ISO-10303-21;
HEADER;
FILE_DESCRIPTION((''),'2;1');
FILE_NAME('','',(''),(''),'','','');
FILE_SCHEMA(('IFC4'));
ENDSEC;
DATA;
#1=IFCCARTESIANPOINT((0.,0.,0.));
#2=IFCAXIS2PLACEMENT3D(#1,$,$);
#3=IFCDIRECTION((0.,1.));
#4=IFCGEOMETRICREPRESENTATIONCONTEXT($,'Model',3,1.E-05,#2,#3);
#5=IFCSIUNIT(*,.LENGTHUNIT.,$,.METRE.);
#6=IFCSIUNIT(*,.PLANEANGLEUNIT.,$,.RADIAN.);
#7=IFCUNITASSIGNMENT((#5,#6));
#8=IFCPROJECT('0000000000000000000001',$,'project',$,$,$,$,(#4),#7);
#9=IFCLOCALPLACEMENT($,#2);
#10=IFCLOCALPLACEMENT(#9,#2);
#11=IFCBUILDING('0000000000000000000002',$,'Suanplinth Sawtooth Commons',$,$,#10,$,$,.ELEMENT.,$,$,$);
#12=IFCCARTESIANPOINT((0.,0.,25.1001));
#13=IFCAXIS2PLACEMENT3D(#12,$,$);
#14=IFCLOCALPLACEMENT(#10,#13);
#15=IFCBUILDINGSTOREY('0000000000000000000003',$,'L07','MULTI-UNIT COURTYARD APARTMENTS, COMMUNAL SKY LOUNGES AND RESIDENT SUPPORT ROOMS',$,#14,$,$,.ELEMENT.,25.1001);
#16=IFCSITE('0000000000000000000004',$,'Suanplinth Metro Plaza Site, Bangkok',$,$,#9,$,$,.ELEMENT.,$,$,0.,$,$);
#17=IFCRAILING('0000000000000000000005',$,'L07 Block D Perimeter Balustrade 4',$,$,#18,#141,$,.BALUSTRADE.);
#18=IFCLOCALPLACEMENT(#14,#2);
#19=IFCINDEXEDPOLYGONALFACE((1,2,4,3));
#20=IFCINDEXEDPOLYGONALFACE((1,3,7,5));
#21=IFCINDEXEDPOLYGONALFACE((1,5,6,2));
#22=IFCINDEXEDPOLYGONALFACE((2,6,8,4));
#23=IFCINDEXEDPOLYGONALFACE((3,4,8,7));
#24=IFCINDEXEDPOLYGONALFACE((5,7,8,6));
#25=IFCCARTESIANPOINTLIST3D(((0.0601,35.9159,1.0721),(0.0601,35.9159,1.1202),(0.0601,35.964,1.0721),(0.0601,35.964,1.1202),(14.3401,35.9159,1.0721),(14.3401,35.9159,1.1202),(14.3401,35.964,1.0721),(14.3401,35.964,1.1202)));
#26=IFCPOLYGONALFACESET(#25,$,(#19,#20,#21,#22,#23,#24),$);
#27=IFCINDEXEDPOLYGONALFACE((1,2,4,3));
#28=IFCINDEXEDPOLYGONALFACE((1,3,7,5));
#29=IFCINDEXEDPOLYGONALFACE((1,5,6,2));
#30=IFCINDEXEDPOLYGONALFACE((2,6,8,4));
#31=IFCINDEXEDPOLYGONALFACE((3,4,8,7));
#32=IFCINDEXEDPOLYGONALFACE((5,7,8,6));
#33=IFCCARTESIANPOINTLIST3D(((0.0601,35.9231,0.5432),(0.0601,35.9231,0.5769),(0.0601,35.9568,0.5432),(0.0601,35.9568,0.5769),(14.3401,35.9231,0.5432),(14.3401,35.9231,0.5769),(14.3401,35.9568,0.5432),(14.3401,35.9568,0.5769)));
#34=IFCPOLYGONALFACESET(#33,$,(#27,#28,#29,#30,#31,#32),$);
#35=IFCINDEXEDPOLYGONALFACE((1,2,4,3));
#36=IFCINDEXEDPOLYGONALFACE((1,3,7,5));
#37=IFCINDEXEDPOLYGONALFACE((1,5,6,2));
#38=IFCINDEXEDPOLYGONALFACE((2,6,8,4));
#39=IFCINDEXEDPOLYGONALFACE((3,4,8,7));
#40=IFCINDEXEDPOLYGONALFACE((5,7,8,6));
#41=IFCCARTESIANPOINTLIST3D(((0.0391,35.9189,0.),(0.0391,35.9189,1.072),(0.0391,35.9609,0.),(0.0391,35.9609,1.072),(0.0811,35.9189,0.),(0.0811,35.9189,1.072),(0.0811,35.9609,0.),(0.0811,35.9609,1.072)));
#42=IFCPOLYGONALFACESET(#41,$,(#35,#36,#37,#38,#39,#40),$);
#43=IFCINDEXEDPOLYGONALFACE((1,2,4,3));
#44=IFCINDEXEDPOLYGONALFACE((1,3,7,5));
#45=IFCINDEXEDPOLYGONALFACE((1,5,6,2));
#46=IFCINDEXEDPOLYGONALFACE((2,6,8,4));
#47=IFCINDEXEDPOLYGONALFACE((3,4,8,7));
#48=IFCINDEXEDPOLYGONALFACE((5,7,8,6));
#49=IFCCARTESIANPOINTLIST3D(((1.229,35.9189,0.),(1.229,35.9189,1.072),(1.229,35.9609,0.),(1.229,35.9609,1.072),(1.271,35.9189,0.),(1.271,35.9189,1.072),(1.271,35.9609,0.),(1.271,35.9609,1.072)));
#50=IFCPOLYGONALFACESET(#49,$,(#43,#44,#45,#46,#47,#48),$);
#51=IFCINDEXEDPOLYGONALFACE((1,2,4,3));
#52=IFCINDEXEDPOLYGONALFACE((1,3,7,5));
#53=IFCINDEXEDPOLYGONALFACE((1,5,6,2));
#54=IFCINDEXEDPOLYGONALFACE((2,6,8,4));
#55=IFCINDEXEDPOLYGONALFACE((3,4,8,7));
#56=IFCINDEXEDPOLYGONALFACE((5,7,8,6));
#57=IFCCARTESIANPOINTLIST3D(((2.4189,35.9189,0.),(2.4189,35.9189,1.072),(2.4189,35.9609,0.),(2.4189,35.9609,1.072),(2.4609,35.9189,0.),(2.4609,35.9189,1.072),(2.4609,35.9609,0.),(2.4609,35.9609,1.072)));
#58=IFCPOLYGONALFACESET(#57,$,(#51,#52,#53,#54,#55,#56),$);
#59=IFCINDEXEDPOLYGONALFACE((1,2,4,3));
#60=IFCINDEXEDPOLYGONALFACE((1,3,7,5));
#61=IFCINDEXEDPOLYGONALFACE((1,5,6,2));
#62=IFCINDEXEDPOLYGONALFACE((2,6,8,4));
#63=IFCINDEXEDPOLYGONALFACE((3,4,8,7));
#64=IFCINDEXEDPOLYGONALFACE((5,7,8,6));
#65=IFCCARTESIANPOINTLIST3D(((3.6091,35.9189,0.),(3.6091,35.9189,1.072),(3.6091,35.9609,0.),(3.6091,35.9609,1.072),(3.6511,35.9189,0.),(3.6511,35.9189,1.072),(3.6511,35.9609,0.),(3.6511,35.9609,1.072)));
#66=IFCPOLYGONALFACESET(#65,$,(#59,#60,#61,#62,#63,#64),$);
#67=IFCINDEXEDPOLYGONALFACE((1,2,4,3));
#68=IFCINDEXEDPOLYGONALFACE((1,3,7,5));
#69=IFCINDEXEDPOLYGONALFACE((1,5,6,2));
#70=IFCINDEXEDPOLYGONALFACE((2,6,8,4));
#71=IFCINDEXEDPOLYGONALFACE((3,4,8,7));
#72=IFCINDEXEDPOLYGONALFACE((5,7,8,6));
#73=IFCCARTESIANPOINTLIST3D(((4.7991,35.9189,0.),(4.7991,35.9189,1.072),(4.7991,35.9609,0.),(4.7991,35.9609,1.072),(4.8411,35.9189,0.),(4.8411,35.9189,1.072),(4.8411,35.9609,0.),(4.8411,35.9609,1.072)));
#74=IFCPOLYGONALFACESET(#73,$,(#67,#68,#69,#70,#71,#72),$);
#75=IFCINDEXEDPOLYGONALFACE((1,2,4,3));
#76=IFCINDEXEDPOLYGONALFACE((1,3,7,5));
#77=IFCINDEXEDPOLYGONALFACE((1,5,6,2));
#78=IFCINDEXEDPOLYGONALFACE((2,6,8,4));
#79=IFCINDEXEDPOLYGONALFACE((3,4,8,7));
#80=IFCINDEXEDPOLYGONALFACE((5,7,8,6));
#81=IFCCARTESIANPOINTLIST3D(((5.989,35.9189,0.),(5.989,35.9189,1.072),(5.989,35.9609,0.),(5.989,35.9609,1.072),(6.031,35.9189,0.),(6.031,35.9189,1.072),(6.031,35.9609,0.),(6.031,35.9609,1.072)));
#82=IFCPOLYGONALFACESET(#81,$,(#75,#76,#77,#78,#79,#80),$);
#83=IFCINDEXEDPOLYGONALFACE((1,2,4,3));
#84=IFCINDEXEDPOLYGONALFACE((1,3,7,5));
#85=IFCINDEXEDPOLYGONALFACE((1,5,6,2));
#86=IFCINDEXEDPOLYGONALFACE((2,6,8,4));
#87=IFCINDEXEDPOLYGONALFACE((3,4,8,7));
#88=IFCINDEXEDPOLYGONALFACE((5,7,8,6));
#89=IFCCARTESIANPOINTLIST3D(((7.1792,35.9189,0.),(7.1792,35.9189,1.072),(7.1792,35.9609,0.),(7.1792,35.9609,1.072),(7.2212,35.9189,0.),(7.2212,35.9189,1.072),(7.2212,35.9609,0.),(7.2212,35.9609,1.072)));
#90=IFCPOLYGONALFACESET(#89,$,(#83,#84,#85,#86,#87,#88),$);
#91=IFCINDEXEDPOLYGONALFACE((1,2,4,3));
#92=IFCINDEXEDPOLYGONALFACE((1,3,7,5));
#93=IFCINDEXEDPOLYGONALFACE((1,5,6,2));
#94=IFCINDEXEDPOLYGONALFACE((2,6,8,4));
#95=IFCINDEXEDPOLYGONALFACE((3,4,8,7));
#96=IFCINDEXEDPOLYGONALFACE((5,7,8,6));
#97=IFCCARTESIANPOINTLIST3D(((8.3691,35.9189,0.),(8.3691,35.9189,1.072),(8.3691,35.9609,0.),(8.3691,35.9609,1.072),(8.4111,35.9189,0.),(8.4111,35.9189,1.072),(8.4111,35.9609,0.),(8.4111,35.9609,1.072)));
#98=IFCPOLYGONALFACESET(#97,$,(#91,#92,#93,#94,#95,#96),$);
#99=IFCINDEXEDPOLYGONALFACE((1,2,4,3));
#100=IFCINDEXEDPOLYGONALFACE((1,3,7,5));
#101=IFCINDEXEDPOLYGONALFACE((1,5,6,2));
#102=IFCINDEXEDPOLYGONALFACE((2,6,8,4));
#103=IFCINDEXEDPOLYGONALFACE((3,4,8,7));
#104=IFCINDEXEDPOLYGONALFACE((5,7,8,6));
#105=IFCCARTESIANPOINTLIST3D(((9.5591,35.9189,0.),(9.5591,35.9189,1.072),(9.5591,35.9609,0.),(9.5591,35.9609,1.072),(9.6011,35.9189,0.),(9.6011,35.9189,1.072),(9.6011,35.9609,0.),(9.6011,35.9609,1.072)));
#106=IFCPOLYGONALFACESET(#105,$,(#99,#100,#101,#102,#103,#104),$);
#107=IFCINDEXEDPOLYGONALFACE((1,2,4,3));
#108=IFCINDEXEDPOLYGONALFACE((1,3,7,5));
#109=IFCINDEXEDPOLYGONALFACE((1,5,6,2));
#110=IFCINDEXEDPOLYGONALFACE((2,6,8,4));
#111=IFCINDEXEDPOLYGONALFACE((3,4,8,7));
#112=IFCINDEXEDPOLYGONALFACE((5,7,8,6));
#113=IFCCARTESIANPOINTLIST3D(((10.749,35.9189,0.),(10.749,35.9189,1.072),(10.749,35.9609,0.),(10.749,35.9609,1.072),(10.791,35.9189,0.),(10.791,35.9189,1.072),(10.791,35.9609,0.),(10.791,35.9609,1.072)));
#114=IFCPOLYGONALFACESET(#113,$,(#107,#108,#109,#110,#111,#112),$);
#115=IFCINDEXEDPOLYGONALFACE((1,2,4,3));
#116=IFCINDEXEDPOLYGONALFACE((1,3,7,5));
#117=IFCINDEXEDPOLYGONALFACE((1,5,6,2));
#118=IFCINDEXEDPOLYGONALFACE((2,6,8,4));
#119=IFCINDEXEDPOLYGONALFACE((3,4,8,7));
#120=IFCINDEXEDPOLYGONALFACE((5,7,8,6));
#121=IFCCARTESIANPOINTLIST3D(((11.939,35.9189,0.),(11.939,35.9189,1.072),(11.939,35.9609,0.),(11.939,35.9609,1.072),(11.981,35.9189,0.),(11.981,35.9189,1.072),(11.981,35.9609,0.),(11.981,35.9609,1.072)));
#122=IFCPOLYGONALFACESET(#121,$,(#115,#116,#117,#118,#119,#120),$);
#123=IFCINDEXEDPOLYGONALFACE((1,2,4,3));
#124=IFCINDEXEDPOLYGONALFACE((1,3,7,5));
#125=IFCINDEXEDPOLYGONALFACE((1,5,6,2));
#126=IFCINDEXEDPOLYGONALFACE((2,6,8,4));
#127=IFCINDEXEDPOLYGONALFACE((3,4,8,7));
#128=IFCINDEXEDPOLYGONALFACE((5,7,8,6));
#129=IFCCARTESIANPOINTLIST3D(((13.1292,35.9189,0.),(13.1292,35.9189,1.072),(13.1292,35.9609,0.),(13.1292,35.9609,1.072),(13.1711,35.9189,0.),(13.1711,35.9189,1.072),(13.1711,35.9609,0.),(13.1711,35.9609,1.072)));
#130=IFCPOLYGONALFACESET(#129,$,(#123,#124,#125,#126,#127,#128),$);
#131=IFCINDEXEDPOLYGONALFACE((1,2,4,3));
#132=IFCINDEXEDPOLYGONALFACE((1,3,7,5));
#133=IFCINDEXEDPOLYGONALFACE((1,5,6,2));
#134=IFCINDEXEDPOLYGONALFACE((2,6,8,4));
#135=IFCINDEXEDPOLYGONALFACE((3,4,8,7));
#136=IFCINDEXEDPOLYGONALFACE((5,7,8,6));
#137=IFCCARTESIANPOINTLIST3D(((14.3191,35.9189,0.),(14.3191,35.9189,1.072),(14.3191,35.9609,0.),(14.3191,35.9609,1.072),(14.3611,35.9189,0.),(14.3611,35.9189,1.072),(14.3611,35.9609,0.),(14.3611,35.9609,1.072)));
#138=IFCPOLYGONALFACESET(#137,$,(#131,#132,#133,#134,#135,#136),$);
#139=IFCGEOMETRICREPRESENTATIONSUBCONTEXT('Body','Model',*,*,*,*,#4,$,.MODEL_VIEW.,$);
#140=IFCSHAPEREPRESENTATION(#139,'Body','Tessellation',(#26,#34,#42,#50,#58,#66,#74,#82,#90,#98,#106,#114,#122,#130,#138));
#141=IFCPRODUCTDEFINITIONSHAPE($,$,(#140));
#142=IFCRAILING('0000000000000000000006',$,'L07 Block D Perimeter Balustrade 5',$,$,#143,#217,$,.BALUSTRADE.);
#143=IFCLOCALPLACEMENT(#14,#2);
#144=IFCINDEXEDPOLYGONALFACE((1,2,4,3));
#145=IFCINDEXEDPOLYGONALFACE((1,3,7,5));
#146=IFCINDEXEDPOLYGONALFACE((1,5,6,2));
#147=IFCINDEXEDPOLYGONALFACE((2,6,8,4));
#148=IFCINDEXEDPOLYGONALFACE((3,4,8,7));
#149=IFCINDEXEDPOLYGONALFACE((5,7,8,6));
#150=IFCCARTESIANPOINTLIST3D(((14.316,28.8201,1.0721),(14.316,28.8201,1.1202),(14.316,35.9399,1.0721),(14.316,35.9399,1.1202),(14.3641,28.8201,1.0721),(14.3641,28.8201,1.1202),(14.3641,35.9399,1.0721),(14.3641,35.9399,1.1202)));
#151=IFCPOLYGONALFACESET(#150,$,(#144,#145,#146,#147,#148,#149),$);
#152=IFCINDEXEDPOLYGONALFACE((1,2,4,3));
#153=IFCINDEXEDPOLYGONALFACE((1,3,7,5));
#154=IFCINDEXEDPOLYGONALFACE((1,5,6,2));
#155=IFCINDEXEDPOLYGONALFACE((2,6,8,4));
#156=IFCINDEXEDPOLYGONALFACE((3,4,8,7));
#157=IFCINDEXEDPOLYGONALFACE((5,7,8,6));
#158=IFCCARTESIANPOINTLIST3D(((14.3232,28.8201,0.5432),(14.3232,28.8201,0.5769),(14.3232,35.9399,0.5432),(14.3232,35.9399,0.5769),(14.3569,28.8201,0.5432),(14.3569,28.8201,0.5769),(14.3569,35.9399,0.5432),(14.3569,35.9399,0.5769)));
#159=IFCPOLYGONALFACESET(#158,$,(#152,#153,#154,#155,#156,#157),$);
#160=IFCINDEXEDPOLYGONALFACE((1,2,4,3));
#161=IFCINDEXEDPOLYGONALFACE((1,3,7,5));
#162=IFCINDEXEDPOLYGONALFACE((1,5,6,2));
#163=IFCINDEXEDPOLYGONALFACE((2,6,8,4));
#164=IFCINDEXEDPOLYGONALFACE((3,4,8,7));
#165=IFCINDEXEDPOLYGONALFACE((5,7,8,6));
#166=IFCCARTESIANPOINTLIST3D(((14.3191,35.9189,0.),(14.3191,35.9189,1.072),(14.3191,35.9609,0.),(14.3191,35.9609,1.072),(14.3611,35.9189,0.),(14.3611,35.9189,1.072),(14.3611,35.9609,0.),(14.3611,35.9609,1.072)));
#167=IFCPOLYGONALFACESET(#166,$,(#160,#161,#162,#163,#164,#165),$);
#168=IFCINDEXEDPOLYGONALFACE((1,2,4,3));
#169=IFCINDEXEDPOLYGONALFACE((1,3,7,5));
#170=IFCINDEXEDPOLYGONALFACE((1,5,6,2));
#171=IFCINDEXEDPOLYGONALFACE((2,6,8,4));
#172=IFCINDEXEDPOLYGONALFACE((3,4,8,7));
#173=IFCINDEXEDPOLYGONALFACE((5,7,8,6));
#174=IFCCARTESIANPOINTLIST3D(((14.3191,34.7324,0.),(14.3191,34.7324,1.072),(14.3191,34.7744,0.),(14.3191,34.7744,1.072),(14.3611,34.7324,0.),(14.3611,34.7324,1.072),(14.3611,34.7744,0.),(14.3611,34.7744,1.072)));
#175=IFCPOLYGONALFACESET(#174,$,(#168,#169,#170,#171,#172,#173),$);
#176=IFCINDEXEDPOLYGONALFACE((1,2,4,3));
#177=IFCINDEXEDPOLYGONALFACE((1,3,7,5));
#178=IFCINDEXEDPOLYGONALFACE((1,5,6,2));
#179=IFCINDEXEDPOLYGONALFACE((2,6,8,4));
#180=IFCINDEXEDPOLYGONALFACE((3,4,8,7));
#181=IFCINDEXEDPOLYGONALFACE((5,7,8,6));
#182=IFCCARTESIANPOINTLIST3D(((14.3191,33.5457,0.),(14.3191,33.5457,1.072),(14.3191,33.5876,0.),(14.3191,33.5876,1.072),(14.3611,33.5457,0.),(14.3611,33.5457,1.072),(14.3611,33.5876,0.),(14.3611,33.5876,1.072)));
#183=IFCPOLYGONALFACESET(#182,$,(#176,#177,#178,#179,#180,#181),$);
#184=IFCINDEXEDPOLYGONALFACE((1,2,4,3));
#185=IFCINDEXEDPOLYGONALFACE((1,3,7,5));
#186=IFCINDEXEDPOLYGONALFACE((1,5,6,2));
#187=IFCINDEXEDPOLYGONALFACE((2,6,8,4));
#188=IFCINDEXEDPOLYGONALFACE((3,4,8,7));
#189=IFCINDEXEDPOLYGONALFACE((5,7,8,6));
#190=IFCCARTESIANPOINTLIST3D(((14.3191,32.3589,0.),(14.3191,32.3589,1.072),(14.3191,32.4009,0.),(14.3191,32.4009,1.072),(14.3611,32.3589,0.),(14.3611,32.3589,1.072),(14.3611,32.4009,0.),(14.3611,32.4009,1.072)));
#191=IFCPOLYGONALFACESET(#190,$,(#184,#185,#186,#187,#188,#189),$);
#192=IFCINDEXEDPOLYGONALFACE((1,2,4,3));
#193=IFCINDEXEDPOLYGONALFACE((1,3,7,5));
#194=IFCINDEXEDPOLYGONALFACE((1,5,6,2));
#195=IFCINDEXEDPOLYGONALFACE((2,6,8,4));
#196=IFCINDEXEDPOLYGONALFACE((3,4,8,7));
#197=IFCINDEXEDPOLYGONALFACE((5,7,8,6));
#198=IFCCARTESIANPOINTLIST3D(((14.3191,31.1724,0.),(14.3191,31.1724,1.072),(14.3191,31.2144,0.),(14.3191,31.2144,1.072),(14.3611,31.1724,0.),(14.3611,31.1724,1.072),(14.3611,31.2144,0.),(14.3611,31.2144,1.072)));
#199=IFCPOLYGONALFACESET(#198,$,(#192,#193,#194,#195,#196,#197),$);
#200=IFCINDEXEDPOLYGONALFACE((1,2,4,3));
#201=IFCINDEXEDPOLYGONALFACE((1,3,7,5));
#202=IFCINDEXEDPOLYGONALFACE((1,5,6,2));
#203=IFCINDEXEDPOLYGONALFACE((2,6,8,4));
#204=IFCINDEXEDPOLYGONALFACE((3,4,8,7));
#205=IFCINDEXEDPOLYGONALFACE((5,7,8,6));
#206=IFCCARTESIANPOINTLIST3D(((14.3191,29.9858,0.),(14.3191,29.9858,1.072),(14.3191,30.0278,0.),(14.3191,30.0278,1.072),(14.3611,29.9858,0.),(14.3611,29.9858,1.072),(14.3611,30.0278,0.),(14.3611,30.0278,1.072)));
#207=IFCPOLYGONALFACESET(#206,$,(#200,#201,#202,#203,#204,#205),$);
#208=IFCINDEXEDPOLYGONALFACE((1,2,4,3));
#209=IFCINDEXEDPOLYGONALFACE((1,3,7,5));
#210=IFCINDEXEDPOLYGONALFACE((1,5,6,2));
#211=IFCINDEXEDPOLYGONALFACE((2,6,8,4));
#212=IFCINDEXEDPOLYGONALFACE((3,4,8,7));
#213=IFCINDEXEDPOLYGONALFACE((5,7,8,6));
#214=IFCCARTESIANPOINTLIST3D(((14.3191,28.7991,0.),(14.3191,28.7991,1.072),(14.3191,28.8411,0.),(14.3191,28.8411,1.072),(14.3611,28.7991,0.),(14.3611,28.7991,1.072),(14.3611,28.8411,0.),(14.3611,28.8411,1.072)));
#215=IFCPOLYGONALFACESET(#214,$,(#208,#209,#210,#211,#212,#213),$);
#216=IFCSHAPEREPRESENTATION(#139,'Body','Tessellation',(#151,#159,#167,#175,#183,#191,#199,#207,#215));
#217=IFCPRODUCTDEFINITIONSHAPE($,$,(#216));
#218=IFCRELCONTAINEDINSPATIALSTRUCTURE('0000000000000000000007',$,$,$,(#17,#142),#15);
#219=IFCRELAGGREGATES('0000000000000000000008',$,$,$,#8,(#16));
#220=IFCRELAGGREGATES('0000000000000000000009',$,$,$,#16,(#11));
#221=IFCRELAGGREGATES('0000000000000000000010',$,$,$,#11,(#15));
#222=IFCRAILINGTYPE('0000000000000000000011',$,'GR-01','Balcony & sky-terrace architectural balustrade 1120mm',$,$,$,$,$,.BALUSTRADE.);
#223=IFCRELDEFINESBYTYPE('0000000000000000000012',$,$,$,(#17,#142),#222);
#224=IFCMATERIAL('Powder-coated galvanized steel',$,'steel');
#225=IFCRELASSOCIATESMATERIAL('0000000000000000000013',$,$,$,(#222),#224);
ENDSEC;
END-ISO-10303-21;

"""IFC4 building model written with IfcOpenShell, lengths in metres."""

from ifc_helpers import new_model, si_unit, direction, frame, origin, origin_2d, place, context, subcontext, project, spatial, rectangle, extrude, material, type_object, element, save


model = new_model("IFC4")

# Units and contexts
model_context = context("Model", 3, precision=1e-05, world=origin(), true_north=direction((0.0, 1.0)))
body_context = subcontext(model_context, "Body", "Model", "MODEL_VIEW")
ifc_project = project(units=[si_unit("LENGTHUNIT", "METRE"), si_unit("PLANEANGLEUNIT", "RADIAN")], contexts=[model_context])

# Site, building, storey
site_placement = place(None, origin())
site = spatial("IfcSite", under=ifc_project, at=site_placement, Name="Suanplinth Metro Plaza Site, Bangkok", CompositionType="ELEMENT", RefElevation=0.0)
building_placement = place(site_placement, origin())
building = spatial("IfcBuilding", under=site, at=building_placement, Name="Suanplinth Sawtooth Commons", CompositionType="ELEMENT")
storey_placement = place(building_placement, frame((0.0, 0.0, 25.1001)))
storey = spatial("IfcBuildingStorey", under=building, at=storey_placement, Name="L07", Description="MULTI-UNIT COURTYARD APARTMENTS, COMMUNAL SKY LOUNGES AND RESIDENT SUPPORT ROOMS", CompositionType="ELEMENT", Elevation=25.1001)

# Railings
ifc_material_1 = material(Name="Powder-coated galvanized steel", Category="steel")
railing_type = type_object("IfcRailingType", Name="GR-01", Description="Balcony & sky-terrace architectural balustrade 1120mm", PredefinedType="BALUSTRADE", material=ifc_material_1)
railing_1_placement = place(storey_placement, frame((0.0601, 35.9399, 0.0)))
element("IfcRailing", 1, at=railing_1_placement, inside=storey, type_object=railing_type, Name="L07 Block D Perimeter Balustrade 4", PredefinedType="BALUSTRADE", context=body_context, shape_type="SweptSolid", body=[
    extrude(rectangle(XDim=0.0481, YDim=0.0481, at=origin_2d()), frame((0.0, 0.0, 1.0962), z_axis=(1.0, 0.0, 0.0), x_axis=(0.0, 1.0, 0.0)), (0.0, 0.0, 1.0), 14.28),
    extrude(rectangle(XDim=0.0337, YDim=0.0337, at=origin_2d()), frame((0.0, 0.0, 0.5601), z_axis=(1.0, 0.0, 0.0), x_axis=(0.0, 1.0, 0.0)), (0.0, 0.0, 1.0), 14.28),
    extrude(rectangle(XDim=0.042, YDim=0.042, at=origin_2d()), origin(), (0.0, 0.0, 1.0), 1.072),
    extrude(rectangle(XDim=0.042, YDim=0.042, at=origin_2d()), frame((1.1899, 0.0, 0.0)), (0.0, 0.0, 1.0), 1.072),
    extrude(rectangle(XDim=0.042, YDim=0.042, at=origin_2d()), frame((2.3799, 0.0, 0.0)), (0.0, 0.0, 1.0), 1.072),
    extrude(rectangle(XDim=0.042, YDim=0.042, at=origin_2d()), frame((3.5701, 0.0, 0.0)), (0.0, 0.0, 1.0), 1.072),
    extrude(rectangle(XDim=0.042, YDim=0.042, at=origin_2d()), frame((4.76, 0.0, 0.0)), (0.0, 0.0, 1.0), 1.072),
    extrude(rectangle(XDim=0.042, YDim=0.042, at=origin_2d()), frame((5.95, 0.0, 0.0)), (0.0, 0.0, 1.0), 1.072),
    extrude(rectangle(XDim=0.042, YDim=0.042, at=origin_2d()), frame((7.1401, 0.0, 0.0)), (0.0, 0.0, 1.0), 1.072),
    extrude(rectangle(XDim=0.042, YDim=0.042, at=origin_2d()), frame((8.3301, 0.0, 0.0)), (0.0, 0.0, 1.0), 1.072),
    extrude(rectangle(XDim=0.042, YDim=0.042, at=origin_2d()), frame((9.52, 0.0, 0.0)), (0.0, 0.0, 1.0), 1.072),
    extrude(rectangle(XDim=0.042, YDim=0.042, at=origin_2d()), frame((10.71, 0.0, 0.0)), (0.0, 0.0, 1.0), 1.072),
    extrude(rectangle(XDim=0.042, YDim=0.042, at=origin_2d()), frame((11.8999, 0.0, 0.0)), (0.0, 0.0, 1.0), 1.072),
    extrude(rectangle(XDim=0.042, YDim=0.042, at=origin_2d()), frame((13.0901, 0.0, 0.0)), (0.0, 0.0, 1.0), 1.072),
    extrude(rectangle(XDim=0.042, YDim=0.042, at=origin_2d()), frame((14.28, 0.0, 0.0)), (0.0, 0.0, 1.0), 1.072),
])
railing_2_placement = place(storey_placement, frame((14.3401, 35.9399, 0.0)))
element("IfcRailing", 2, at=railing_2_placement, inside=storey, type_object=railing_type, Name="L07 Block D Perimeter Balustrade 5", PredefinedType="BALUSTRADE", context=body_context, shape_type="SweptSolid", body=[
    extrude(rectangle(XDim=0.0481, YDim=0.0481, at=origin_2d()), frame((0.0, 0.0, 1.0962), z_axis=(0.0, -1.0, 0.0), x_axis=(1.0, 0.0, 0.0)), (0.0, 0.0, 1.0), 7.1199),
    extrude(rectangle(XDim=0.0337, YDim=0.0337, at=origin_2d()), frame((0.0, 0.0, 0.5601), z_axis=(0.0, -1.0, 0.0), x_axis=(1.0, 0.0, 0.0)), (0.0, 0.0, 1.0), 7.1199),
    extrude(rectangle(XDim=0.042, YDim=0.042, at=origin_2d()), origin(), (0.0, 0.0, 1.0), 1.072),
    extrude(rectangle(XDim=0.042, YDim=0.042, at=origin_2d()), frame((0.0, -1.1865, 0.0)), (0.0, 0.0, 1.0), 1.072),
    extrude(rectangle(XDim=0.042, YDim=0.042, at=origin_2d()), frame((0.0, -2.3733, 0.0)), (0.0, 0.0, 1.0), 1.072),
    extrude(rectangle(XDim=0.042, YDim=0.042, at=origin_2d()), frame((0.0, -3.5601, 0.0)), (0.0, 0.0, 1.0), 1.072),
    extrude(rectangle(XDim=0.042, YDim=0.042, at=origin_2d()), frame((0.0, -4.7466, 0.0)), (0.0, 0.0, 1.0), 1.072),
    extrude(rectangle(XDim=0.042, YDim=0.042, at=origin_2d()), frame((0.0, -5.9331, 0.0)), (0.0, 0.0, 1.0), 1.072),
    extrude(rectangle(XDim=0.042, YDim=0.042, at=origin_2d()), frame((0.0, -7.1199, 0.0)), (0.0, 0.0, 1.0), 1.072),
])

save(model, "model.ifc")
